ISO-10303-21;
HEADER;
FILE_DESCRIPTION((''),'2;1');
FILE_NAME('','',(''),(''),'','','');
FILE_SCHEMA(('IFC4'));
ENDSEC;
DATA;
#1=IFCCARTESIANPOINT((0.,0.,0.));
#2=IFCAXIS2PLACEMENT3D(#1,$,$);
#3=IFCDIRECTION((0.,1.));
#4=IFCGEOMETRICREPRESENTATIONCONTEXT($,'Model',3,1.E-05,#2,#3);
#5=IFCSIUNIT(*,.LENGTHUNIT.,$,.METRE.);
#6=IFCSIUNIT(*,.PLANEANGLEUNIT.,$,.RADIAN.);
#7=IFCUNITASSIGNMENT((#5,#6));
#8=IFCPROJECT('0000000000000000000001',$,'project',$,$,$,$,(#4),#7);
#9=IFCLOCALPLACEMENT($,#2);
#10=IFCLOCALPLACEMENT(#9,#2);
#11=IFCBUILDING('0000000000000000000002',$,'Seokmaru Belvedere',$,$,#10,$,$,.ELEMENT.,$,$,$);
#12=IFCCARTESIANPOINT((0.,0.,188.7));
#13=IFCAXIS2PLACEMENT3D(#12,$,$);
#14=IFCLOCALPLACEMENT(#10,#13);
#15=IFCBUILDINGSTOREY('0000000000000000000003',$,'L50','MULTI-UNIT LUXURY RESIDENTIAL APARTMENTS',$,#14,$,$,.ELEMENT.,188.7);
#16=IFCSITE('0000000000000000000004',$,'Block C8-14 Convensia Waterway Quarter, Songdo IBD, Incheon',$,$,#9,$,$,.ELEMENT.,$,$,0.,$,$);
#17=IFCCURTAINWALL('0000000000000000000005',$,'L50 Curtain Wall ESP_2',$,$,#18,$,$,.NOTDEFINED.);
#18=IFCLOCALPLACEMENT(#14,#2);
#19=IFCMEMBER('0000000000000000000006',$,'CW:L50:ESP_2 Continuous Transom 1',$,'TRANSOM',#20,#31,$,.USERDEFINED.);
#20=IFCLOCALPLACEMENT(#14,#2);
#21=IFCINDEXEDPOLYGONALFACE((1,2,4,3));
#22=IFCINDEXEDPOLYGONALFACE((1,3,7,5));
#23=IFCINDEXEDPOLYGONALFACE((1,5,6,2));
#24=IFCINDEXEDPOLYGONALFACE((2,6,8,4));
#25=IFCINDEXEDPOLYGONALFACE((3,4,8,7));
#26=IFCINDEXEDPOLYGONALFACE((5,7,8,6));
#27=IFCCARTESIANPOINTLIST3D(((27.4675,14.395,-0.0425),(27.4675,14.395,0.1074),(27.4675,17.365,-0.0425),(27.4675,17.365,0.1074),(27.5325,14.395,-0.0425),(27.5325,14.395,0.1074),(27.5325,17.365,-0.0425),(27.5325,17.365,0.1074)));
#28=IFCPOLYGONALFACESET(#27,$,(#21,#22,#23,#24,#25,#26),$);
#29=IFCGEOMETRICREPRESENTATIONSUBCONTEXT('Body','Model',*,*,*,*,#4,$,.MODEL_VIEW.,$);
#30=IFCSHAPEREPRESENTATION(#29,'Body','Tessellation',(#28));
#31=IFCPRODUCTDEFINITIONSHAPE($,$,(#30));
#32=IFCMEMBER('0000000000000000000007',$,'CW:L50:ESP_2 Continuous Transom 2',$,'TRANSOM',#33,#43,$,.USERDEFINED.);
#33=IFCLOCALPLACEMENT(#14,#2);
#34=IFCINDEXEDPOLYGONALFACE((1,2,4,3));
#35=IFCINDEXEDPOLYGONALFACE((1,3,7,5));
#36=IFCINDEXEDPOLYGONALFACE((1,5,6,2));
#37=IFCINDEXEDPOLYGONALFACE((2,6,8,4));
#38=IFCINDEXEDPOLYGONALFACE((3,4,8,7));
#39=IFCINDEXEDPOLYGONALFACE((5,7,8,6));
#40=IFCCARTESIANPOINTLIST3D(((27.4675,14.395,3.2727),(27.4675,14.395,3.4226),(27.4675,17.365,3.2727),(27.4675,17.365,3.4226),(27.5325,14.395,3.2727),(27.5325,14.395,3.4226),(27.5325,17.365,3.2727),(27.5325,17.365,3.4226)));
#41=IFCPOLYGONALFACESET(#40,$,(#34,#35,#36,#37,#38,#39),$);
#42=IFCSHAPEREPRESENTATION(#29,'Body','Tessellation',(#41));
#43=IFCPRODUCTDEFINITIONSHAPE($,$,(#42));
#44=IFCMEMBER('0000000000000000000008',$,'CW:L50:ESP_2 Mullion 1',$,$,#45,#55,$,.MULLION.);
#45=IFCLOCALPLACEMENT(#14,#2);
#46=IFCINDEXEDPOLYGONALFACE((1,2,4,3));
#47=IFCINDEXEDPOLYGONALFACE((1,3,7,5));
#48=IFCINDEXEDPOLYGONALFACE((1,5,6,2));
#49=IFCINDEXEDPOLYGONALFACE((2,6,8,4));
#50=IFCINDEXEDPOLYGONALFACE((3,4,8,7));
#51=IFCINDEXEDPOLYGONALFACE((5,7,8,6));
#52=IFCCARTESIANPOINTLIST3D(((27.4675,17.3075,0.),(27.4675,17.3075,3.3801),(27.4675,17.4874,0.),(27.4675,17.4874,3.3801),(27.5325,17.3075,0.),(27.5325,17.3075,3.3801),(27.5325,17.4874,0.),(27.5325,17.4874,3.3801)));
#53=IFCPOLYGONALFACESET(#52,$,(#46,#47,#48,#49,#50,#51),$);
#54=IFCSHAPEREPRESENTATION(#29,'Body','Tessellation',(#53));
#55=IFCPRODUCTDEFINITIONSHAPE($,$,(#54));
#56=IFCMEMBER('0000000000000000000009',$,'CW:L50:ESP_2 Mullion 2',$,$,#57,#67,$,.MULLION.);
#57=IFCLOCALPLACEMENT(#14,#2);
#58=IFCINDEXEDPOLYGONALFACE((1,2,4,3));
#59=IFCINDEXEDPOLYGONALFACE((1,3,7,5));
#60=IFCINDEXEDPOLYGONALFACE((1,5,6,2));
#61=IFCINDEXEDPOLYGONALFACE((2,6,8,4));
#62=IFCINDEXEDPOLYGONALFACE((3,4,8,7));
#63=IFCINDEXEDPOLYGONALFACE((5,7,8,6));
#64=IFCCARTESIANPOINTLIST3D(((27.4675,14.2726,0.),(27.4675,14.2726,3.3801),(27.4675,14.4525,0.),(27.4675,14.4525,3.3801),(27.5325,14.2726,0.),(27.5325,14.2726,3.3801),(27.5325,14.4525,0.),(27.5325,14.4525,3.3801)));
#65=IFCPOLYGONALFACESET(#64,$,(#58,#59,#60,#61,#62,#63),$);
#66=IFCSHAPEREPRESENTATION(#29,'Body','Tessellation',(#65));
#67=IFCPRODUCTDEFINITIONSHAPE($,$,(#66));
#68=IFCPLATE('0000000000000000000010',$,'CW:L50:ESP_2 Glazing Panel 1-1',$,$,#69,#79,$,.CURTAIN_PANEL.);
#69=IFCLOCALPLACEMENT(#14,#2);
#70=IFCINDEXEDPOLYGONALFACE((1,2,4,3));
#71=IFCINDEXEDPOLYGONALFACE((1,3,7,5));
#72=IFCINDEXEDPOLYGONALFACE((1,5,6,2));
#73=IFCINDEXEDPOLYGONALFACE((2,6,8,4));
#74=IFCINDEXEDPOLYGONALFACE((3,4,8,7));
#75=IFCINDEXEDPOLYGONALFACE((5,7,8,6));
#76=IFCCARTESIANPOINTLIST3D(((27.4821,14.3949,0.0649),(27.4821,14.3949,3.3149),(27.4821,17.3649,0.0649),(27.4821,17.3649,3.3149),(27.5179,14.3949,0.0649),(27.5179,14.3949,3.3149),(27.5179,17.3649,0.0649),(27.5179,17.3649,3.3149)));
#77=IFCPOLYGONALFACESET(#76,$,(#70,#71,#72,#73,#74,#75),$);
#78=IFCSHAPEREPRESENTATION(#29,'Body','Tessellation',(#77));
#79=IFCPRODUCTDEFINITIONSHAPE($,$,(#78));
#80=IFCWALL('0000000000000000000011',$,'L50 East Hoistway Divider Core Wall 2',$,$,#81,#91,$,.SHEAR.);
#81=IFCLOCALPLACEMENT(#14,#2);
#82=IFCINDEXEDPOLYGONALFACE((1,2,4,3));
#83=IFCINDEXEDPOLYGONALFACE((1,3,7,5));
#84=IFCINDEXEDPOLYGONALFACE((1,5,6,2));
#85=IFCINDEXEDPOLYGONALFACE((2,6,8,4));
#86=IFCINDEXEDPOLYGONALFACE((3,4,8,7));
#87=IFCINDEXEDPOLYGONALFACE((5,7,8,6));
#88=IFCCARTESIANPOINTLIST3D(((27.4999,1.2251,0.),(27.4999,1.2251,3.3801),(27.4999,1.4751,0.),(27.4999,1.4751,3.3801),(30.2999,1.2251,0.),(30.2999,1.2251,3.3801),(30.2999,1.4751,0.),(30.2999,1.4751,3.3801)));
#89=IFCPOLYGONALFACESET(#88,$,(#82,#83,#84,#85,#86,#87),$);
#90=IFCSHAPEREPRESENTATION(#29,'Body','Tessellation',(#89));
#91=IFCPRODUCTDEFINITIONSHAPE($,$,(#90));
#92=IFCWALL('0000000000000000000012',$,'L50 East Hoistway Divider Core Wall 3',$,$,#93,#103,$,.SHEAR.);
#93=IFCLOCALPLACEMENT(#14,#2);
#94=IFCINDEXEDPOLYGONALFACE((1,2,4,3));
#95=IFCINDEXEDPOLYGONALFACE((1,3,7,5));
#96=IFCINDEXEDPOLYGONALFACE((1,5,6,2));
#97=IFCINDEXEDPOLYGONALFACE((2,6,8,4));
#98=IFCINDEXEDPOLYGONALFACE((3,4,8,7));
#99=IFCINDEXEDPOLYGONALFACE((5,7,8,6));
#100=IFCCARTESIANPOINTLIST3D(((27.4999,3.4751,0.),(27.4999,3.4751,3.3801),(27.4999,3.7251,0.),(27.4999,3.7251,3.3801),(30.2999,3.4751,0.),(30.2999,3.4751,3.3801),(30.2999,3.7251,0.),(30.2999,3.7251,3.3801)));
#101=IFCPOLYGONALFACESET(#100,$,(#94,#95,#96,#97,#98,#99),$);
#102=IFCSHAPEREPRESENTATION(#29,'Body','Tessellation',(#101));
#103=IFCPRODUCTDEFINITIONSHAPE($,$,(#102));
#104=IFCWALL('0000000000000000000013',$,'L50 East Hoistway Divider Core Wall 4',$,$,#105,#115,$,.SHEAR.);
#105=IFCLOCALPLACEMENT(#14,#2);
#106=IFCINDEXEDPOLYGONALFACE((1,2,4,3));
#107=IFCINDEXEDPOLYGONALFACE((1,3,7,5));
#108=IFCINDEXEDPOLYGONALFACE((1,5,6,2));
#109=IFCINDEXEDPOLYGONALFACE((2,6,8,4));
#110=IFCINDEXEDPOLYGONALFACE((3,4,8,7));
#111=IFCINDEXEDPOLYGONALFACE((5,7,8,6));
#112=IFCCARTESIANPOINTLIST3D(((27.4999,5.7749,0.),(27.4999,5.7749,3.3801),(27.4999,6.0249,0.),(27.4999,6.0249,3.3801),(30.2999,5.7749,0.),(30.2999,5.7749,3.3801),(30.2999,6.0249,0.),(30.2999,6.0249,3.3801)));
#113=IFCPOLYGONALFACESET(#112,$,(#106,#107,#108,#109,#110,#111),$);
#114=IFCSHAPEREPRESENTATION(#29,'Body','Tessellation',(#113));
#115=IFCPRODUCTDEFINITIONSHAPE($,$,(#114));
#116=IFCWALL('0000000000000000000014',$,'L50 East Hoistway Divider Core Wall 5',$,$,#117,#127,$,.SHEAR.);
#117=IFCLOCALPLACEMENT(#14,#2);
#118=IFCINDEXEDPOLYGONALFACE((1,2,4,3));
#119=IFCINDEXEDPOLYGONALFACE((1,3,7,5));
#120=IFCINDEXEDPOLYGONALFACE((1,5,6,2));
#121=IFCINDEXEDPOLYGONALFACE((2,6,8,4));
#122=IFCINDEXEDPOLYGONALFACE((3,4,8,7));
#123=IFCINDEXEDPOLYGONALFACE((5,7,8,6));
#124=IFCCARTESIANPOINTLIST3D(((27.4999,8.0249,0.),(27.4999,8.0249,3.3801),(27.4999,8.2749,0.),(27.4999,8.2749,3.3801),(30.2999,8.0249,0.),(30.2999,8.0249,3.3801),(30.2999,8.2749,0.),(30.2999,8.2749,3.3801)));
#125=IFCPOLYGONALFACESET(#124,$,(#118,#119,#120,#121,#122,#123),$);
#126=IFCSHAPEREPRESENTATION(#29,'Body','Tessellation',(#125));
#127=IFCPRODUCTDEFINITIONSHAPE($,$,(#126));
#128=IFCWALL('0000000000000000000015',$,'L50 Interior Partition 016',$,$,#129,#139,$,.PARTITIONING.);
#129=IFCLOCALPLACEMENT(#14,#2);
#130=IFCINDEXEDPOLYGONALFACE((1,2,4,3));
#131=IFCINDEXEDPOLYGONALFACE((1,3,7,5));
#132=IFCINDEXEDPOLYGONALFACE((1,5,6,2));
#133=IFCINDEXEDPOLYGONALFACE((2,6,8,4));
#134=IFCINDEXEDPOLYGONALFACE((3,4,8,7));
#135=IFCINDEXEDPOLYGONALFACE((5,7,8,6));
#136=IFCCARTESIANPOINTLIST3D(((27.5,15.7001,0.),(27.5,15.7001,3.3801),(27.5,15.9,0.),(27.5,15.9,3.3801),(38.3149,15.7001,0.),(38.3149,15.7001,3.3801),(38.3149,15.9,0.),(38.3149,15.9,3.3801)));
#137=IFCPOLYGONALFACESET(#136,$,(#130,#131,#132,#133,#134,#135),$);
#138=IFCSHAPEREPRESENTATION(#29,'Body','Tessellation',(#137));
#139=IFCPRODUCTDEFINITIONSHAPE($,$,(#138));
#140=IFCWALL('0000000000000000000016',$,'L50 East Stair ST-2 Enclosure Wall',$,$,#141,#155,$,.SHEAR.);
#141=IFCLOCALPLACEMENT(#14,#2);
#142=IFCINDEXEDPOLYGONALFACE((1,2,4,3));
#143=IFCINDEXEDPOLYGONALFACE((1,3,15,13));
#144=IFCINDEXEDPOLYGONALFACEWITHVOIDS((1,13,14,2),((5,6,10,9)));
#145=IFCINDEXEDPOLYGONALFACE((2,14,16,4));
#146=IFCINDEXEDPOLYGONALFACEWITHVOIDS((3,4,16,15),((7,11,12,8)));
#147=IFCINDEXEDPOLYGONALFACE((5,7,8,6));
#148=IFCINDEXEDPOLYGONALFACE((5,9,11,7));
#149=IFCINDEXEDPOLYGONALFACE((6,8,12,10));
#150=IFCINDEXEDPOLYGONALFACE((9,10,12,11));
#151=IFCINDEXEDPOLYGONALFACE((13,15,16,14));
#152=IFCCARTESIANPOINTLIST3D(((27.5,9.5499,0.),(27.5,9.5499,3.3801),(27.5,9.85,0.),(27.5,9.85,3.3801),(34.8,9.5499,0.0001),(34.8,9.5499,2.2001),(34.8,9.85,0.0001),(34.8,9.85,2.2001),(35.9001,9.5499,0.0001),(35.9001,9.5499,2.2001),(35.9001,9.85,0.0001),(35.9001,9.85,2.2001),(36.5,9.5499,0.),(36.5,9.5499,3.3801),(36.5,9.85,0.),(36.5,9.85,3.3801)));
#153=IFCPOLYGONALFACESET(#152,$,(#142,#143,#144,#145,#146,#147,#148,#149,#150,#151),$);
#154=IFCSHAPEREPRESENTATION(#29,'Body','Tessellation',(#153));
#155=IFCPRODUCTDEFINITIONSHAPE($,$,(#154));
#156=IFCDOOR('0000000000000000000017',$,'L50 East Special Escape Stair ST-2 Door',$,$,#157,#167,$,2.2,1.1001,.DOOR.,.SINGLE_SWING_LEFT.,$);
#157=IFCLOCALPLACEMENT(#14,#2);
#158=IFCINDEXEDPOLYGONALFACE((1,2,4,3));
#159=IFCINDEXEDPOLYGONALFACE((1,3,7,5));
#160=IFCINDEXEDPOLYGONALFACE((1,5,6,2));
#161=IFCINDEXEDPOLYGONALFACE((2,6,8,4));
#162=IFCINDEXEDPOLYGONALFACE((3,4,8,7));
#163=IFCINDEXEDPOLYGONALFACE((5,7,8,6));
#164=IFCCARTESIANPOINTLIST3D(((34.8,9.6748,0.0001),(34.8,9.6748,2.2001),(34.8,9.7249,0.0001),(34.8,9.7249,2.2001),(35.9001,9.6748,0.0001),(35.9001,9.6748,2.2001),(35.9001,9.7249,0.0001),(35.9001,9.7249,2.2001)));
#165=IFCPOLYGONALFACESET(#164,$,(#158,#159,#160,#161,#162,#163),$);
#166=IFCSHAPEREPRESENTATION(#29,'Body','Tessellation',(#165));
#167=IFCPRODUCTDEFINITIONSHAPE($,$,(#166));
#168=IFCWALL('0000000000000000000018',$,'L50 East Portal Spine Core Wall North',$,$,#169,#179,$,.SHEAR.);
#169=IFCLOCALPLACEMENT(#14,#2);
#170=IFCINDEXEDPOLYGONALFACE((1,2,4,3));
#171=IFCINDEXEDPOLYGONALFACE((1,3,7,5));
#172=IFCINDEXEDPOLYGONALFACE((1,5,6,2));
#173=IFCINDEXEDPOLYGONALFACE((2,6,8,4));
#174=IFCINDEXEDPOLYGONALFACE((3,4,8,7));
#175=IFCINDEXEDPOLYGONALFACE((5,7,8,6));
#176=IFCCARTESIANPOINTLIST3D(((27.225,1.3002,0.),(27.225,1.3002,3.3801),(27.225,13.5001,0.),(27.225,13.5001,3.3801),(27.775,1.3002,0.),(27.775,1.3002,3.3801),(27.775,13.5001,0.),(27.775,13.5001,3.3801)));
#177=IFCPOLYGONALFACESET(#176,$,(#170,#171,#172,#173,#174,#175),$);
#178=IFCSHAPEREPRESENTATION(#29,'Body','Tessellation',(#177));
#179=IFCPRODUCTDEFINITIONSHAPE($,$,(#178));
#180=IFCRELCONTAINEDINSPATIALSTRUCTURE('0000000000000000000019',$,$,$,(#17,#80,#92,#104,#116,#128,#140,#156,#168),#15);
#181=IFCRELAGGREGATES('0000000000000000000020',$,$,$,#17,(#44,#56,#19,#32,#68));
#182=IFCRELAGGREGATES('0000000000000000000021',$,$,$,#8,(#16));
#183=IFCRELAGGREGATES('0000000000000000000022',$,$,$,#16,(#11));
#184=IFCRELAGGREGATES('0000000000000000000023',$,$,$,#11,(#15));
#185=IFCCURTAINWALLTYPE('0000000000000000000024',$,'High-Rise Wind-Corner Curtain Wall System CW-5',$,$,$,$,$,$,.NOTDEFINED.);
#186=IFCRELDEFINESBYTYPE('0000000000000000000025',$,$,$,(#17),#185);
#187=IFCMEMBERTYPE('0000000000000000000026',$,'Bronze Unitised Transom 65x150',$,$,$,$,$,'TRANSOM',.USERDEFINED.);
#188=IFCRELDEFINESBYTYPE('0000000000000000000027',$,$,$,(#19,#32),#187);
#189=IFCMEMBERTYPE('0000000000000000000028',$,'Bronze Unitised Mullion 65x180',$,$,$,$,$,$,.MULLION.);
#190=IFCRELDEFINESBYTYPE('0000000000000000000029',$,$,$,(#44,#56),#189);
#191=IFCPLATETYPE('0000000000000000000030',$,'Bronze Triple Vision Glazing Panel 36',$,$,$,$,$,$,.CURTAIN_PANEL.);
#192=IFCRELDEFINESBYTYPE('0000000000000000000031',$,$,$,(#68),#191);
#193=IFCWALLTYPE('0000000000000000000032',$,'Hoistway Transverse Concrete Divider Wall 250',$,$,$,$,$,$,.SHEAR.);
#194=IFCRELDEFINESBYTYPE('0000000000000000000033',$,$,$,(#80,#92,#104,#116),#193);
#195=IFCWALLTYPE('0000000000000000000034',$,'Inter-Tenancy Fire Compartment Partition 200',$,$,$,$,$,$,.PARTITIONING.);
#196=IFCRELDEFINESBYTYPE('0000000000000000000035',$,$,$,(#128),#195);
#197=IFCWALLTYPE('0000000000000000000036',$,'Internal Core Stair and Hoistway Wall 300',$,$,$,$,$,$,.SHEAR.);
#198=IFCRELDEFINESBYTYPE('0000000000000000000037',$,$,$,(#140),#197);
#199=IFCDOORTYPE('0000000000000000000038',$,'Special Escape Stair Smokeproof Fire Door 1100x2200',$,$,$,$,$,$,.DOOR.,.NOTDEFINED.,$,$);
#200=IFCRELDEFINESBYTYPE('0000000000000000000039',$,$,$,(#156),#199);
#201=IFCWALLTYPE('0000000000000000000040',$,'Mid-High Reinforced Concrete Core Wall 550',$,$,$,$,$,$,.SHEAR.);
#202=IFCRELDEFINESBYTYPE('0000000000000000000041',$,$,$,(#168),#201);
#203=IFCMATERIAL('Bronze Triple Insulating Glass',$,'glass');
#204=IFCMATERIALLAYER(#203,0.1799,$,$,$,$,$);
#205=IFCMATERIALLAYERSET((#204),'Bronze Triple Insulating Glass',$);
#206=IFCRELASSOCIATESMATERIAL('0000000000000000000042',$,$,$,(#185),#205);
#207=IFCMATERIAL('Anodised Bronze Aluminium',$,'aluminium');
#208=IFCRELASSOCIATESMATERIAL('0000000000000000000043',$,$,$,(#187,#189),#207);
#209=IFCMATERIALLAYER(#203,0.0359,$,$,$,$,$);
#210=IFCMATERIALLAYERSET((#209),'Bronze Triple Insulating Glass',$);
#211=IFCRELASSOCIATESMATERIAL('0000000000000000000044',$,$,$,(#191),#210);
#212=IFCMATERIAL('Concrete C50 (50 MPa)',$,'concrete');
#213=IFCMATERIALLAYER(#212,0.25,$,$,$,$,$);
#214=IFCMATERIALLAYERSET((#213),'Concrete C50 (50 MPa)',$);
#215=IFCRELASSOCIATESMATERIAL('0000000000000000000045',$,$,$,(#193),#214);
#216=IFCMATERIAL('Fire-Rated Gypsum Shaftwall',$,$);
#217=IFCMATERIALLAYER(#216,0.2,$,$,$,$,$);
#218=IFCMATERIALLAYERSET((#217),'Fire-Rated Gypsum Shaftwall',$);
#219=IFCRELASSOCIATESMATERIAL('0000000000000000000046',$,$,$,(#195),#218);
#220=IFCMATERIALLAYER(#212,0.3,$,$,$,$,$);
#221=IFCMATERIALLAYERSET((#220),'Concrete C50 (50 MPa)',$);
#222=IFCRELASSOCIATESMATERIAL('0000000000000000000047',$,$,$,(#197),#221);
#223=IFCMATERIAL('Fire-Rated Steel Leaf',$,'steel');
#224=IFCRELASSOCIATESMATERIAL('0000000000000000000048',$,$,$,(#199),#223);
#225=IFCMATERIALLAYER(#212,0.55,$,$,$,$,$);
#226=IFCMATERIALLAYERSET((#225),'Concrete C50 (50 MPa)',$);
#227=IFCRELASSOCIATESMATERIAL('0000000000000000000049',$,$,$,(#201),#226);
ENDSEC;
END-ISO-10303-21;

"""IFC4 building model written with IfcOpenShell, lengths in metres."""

from ifc_helpers import new_model, si_unit, direction, frame, frame_2d, origin, origin_2d, place, context, subcontext, project, spatial, rectangle, extrude, source, transform, mapped, material, layer, layer_set, material_profile, profile_set, type_object, type_shapes, element, fill, aggregate, save


model = new_model("IFC4")

# Units and contexts
model_context = context("Model", 3, precision=1e-05, world=origin(), true_north=direction((0.0, 1.0)))
body_context = subcontext(model_context, "Body", "Model", "MODEL_VIEW")
ifc_project = project(units=[si_unit("LENGTHUNIT", "METRE"), si_unit("PLANEANGLEUNIT", "RADIAN")], contexts=[model_context])

# Site, building, storey
site_placement = place(None, origin())
site = spatial("IfcSite", under=ifc_project, at=site_placement, Name="Block C8-14 Convensia Waterway Quarter, Songdo IBD, Incheon", CompositionType="ELEMENT", RefElevation=0.0)
building_placement = place(site_placement, origin())
building = spatial("IfcBuilding", under=site, at=building_placement, Name="Seokmaru Belvedere", CompositionType="ELEMENT")
storey_placement = place(building_placement, frame((0.0, 0.0, 188.7)))
storey = spatial("IfcBuildingStorey", under=building, at=storey_placement, Name="L50", Description="MULTI-UNIT LUXURY RESIDENTIAL APARTMENTS", CompositionType="ELEMENT", Elevation=188.7)

# Curtain wall, members, plate
ifc_material_1 = material(Name="Bronze Triple Insulating Glass", Category="glass")
ifc_layer_1 = layer(ifc_material_1, 0.1799)
ifc_layer_set_1 = layer_set([ifc_layer_1], Name="Bronze Triple Insulating Glass")
curtain_wall_type = type_object("IfcCurtainWallType", Name="High-Rise Wind-Corner Curtain Wall System CW-5", PredefinedType="NOTDEFINED", material=ifc_layer_set_1)
curtain_wall_placement = place(storey_placement, origin())
curtain_wall = element("IfcCurtainWall", 1, at=curtain_wall_placement, inside=storey, type_object=curtain_wall_type, Name="L50 Curtain Wall ESP_2", PredefinedType="NOTDEFINED")
ifc_material_2 = material(Name="Anodised Bronze Aluminium", Category="aluminium")
ifc_material_profile_1 = material_profile(ifc_material_2, rectangle(XDim=0.0649, YDim=0.1499, at=origin_2d()), Name="CW-T-65x150")
ifc_profile_set_1 = profile_set([ifc_material_profile_1], Name="Anodised Bronze Aluminium")
member_type_1 = type_object("IfcMemberType", Name="Bronze Unitised Transom 65x150", ElementType="TRANSOM", PredefinedType="USERDEFINED", material=ifc_profile_set_1)
shared_shape_1 = source(origin(), body_context, "Body", "SweptSolid", [
    extrude(rectangle(XDim=0.0649, YDim=0.1499, at=origin_2d()), origin(), (0.0, 0.0, 1.0), 2.97),
])
type_shapes(member_type_1, [shared_shape_1])
member_1_placement = place(storey_placement, frame((27.5, 17.365, 0.0325), z_axis=(0.0, -1.0, 0.0), x_axis=(1.0, 0.0, 0.0)))
member_1 = element("IfcMember", 2, at=member_1_placement, type_object=member_type_1, Name="CW:L50:ESP_2 Continuous Transom 1", ObjectType="TRANSOM", PredefinedType="USERDEFINED", context=body_context, shape_type="MappedRepresentation", body=[
    mapped(shared_shape_1, transform((0.0, 0.0, 0.0), scale=1.0)),
])
member_2_placement = place(storey_placement, frame((27.5, 17.365, 3.3477), z_axis=(0.0, -1.0, 0.0), x_axis=(1.0, 0.0, 0.0)))
member_2 = element("IfcMember", 3, at=member_2_placement, type_object=member_type_1, Name="CW:L50:ESP_2 Continuous Transom 2", ObjectType="TRANSOM", PredefinedType="USERDEFINED", context=body_context, shape_type="MappedRepresentation", body=[
    mapped(shared_shape_1, transform((0.0, 0.0, 0.0), scale=1.0)),
])
ifc_material_profile_2 = material_profile(ifc_material_2, rectangle(XDim=0.0649, YDim=0.1799, at=origin_2d()), Name="CW-M-65x180")
ifc_profile_set_2 = profile_set([ifc_material_profile_2], Name="Anodised Bronze Aluminium")
member_type_2 = type_object("IfcMemberType", Name="Bronze Unitised Mullion 65x180", PredefinedType="MULLION", material=ifc_profile_set_2)
shared_shape_2 = source(origin(), body_context, "Body", "SweptSolid", [
    extrude(rectangle(XDim=0.0649, YDim=0.1799, at=origin_2d()), origin(), (0.0, 0.0, 1.0), 3.3801),
])
type_shapes(member_type_2, [shared_shape_2])
member_3_placement = place(storey_placement, frame((27.5, 17.3975, 0.0), z_axis=(0.0, 0.0, 1.0), x_axis=(1.0, 0.0, 0.0)))
member_3 = element("IfcMember", 4, at=member_3_placement, type_object=member_type_2, Name="CW:L50:ESP_2 Mullion 1", PredefinedType="MULLION", context=body_context, shape_type="MappedRepresentation", body=[
    mapped(shared_shape_2, transform((0.0, 0.0, 0.0), scale=1.0)),
])
member_4_placement = place(storey_placement, frame((27.5, 14.3625, 0.0), z_axis=(0.0, 0.0, 1.0), x_axis=(1.0, 0.0, 0.0)))
member_4 = element("IfcMember", 5, at=member_4_placement, type_object=member_type_2, Name="CW:L50:ESP_2 Mullion 2", PredefinedType="MULLION", context=body_context, shape_type="MappedRepresentation", body=[
    mapped(shared_shape_2, transform((0.0, 0.0, 0.0), scale=1.0)),
])
ifc_layer_2 = layer(ifc_material_1, 0.0359)
ifc_layer_set_2 = layer_set([ifc_layer_2], Name="Bronze Triple Insulating Glass")
plate_type = type_object("IfcPlateType", Name="Bronze Triple Vision Glazing Panel 36", PredefinedType="CURTAIN_PANEL", material=ifc_layer_set_2)
shared_shape_3 = source(origin(), body_context, "Body", "SweptSolid", [
    extrude(rectangle(XDim=2.97, YDim=0.0359, at=origin_2d()), origin(), (0.0, 0.0, 1.0), 3.25),
])
type_shapes(plate_type, [shared_shape_3])
plate_placement = place(storey_placement, frame((27.5, 15.8799, 0.0649), z_axis=(0.0, 0.0, 1.0), x_axis=(0.0, -1.0, 0.0)))
plate = element("IfcPlate", 6, at=plate_placement, type_object=plate_type, Name="CW:L50:ESP_2 Glazing Panel 1-1", PredefinedType="CURTAIN_PANEL", context=body_context, shape_type="MappedRepresentation", body=[
    mapped(shared_shape_3, transform((0.0, 0.0, 0.0), scale=1.0)),
])
aggregate(curtain_wall, [member_3, member_4, member_1, member_2, plate])

# Walls
ifc_material_3 = material(Name="Concrete C50 (50 MPa)", Category="concrete")
ifc_layer_3 = layer(ifc_material_3, 0.25)
ifc_layer_set_3 = layer_set([ifc_layer_3], Name="Concrete C50 (50 MPa)")
wall_type_1 = type_object("IfcWallType", Name="Hoistway Transverse Concrete Divider Wall 250", PredefinedType="SHEAR", material=ifc_layer_set_3)
for number, where, z_axis, x_axis, name in (
    (7, (27.5, 1.3501, 0.0), (0.0, 0.0, 1.0), (1.0, 0.0, 0.0), "L50 East Hoistway Divider Core Wall 2"),
    (8, (27.5, 3.6001, 0.0), (0.0, 0.0, 1.0), (1.0, 0.0, 0.0), "L50 East Hoistway Divider Core Wall 3"),
    (9, (27.5, 5.8999, 0.0), (0.0, 0.0, 1.0), (1.0, 0.0, 0.0), "L50 East Hoistway Divider Core Wall 4"),
    (10, (27.5, 8.1499, 0.0), (0.0, 0.0, 1.0), (1.0, 0.0, 0.0), "L50 East Hoistway Divider Core Wall 5"),
):
    element("IfcWall", number, at=place(storey_placement, frame(where, z_axis=z_axis, x_axis=x_axis)), inside=storey, type_object=wall_type_1, Name=name, PredefinedType="SHEAR", context=body_context, shape_type="SweptSolid", body=[
        extrude(rectangle(XDim=2.8, YDim=0.25, at=frame_2d((1.3999, 0.0))), origin(), (0.0, 0.0, 1.0), 3.3801),
    ])
ifc_material_4 = material(Name="Fire-Rated Gypsum Shaftwall")
ifc_layer_4 = layer(ifc_material_4, 0.2)
ifc_layer_set_4 = layer_set([ifc_layer_4], Name="Fire-Rated Gypsum Shaftwall")
wall_type_2 = type_object("IfcWallType", Name="Inter-Tenancy Fire Compartment Partition 200", PredefinedType="PARTITIONING", material=ifc_layer_set_4)
wall_1_placement = place(storey_placement, frame((27.5, 15.8, 0.0), z_axis=(0.0, 0.0, 1.0), x_axis=(1.0, 0.0, 0.0)))
element("IfcWall", 11, at=wall_1_placement, inside=storey, type_object=wall_type_2, Name="L50 Interior Partition 016", PredefinedType="PARTITIONING", context=body_context, shape_type="SweptSolid", body=[
    extrude(rectangle(XDim=10.8149, YDim=0.2, at=frame_2d((5.4075, 0.0))), origin(), (0.0, 0.0, 1.0), 3.3801),
])

# Wall, opening, door
ifc_layer_5 = layer(ifc_material_3, 0.3)
ifc_layer_set_5 = layer_set([ifc_layer_5], Name="Concrete C50 (50 MPa)")
wall_type_3 = type_object("IfcWallType", Name="Internal Core Stair and Hoistway Wall 300", PredefinedType="SHEAR", material=ifc_layer_set_5)
wall_2_placement = place(storey_placement, frame((27.5, 9.7, 0.0), z_axis=(0.0, 0.0, 1.0), x_axis=(1.0, 0.0, 0.0)))
wall_2 = element("IfcWall", 12, at=wall_2_placement, inside=storey, type_object=wall_type_3, Name="L50 East Stair ST-2 Enclosure Wall", PredefinedType="SHEAR", context=body_context, shape_type="SweptSolid", body=[
    extrude(rectangle(XDim=9.0, YDim=0.3, at=frame_2d((4.5, 0.0))), origin(), (0.0, 0.0, 1.0), 3.3801),
])
opening_placement = place(wall_2_placement, frame((7.3, 0.0, 0.0)))
opening = element("IfcOpeningElement", 13, at=opening_placement, cuts=wall_2, PredefinedType="OPENING", context=body_context, shape_type="SweptSolid", body=[
    extrude(rectangle(XDim=1.1001, YDim=2.2, at=frame_2d((0.55, 1.1001))), frame((0.0, 0.1602, 0.0), z_axis=(0.0, -1.0, 0.0), x_axis=(1.0, 0.0, 0.0)), (0.0, 0.0, 1.0), 0.3201),
])
ifc_material_5 = material(Name="Fire-Rated Steel Leaf", Category="steel")
door_type = type_object("IfcDoorType", Name="Special Escape Stair Smokeproof Fire Door 1100x2200", OperationType="NOTDEFINED", PredefinedType="DOOR", material=ifc_material_5)
shared_shape_4 = source(origin(), body_context, "Body", "SweptSolid", [
    extrude(rectangle(XDim=1.1001, YDim=2.2, at=frame_2d((0.55, 1.1001))), frame((0.0, 0.0249, 0.0), z_axis=(0.0, -1.0, 0.0), x_axis=(1.0, 0.0, 0.0)), (0.0, 0.0, 1.0), 0.05),
])
type_shapes(door_type, [shared_shape_4])
door_placement = place(opening_placement, origin())
door = element("IfcDoor", 14, at=door_placement, inside=storey, type_object=door_type, Name="L50 East Special Escape Stair ST-2 Door", OperationType="SINGLE_SWING_LEFT", OverallHeight=2.2, OverallWidth=1.1001, PredefinedType="DOOR", context=body_context, shape_type="MappedRepresentation", body=[
    mapped(shared_shape_4, transform((0.0, 0.0, 0.0), scale=1.0)),
])
fill(opening, door)

# Wall
ifc_layer_6 = layer(ifc_material_3, 0.55)
ifc_layer_set_6 = layer_set([ifc_layer_6], Name="Concrete C50 (50 MPa)")
wall_type_4 = type_object("IfcWallType", Name="Mid-High Reinforced Concrete Core Wall 550", PredefinedType="SHEAR", material=ifc_layer_set_6)
wall_3_placement = place(storey_placement, frame((27.5, 1.3, 0.0), z_axis=(0.0, 0.0, 1.0), x_axis=(0.0, 1.0, 0.0)))
element("IfcWall", 15, at=wall_3_placement, inside=storey, type_object=wall_type_4, Name="L50 East Portal Spine Core Wall North", PredefinedType="SHEAR", context=body_context, shape_type="SweptSolid", body=[
    extrude(rectangle(XDim=12.2, YDim=0.55, at=frame_2d((6.1001, 0.0))), origin(), (0.0, 0.0, 1.0), 3.3801),
])

save(model, "model.ifc")
